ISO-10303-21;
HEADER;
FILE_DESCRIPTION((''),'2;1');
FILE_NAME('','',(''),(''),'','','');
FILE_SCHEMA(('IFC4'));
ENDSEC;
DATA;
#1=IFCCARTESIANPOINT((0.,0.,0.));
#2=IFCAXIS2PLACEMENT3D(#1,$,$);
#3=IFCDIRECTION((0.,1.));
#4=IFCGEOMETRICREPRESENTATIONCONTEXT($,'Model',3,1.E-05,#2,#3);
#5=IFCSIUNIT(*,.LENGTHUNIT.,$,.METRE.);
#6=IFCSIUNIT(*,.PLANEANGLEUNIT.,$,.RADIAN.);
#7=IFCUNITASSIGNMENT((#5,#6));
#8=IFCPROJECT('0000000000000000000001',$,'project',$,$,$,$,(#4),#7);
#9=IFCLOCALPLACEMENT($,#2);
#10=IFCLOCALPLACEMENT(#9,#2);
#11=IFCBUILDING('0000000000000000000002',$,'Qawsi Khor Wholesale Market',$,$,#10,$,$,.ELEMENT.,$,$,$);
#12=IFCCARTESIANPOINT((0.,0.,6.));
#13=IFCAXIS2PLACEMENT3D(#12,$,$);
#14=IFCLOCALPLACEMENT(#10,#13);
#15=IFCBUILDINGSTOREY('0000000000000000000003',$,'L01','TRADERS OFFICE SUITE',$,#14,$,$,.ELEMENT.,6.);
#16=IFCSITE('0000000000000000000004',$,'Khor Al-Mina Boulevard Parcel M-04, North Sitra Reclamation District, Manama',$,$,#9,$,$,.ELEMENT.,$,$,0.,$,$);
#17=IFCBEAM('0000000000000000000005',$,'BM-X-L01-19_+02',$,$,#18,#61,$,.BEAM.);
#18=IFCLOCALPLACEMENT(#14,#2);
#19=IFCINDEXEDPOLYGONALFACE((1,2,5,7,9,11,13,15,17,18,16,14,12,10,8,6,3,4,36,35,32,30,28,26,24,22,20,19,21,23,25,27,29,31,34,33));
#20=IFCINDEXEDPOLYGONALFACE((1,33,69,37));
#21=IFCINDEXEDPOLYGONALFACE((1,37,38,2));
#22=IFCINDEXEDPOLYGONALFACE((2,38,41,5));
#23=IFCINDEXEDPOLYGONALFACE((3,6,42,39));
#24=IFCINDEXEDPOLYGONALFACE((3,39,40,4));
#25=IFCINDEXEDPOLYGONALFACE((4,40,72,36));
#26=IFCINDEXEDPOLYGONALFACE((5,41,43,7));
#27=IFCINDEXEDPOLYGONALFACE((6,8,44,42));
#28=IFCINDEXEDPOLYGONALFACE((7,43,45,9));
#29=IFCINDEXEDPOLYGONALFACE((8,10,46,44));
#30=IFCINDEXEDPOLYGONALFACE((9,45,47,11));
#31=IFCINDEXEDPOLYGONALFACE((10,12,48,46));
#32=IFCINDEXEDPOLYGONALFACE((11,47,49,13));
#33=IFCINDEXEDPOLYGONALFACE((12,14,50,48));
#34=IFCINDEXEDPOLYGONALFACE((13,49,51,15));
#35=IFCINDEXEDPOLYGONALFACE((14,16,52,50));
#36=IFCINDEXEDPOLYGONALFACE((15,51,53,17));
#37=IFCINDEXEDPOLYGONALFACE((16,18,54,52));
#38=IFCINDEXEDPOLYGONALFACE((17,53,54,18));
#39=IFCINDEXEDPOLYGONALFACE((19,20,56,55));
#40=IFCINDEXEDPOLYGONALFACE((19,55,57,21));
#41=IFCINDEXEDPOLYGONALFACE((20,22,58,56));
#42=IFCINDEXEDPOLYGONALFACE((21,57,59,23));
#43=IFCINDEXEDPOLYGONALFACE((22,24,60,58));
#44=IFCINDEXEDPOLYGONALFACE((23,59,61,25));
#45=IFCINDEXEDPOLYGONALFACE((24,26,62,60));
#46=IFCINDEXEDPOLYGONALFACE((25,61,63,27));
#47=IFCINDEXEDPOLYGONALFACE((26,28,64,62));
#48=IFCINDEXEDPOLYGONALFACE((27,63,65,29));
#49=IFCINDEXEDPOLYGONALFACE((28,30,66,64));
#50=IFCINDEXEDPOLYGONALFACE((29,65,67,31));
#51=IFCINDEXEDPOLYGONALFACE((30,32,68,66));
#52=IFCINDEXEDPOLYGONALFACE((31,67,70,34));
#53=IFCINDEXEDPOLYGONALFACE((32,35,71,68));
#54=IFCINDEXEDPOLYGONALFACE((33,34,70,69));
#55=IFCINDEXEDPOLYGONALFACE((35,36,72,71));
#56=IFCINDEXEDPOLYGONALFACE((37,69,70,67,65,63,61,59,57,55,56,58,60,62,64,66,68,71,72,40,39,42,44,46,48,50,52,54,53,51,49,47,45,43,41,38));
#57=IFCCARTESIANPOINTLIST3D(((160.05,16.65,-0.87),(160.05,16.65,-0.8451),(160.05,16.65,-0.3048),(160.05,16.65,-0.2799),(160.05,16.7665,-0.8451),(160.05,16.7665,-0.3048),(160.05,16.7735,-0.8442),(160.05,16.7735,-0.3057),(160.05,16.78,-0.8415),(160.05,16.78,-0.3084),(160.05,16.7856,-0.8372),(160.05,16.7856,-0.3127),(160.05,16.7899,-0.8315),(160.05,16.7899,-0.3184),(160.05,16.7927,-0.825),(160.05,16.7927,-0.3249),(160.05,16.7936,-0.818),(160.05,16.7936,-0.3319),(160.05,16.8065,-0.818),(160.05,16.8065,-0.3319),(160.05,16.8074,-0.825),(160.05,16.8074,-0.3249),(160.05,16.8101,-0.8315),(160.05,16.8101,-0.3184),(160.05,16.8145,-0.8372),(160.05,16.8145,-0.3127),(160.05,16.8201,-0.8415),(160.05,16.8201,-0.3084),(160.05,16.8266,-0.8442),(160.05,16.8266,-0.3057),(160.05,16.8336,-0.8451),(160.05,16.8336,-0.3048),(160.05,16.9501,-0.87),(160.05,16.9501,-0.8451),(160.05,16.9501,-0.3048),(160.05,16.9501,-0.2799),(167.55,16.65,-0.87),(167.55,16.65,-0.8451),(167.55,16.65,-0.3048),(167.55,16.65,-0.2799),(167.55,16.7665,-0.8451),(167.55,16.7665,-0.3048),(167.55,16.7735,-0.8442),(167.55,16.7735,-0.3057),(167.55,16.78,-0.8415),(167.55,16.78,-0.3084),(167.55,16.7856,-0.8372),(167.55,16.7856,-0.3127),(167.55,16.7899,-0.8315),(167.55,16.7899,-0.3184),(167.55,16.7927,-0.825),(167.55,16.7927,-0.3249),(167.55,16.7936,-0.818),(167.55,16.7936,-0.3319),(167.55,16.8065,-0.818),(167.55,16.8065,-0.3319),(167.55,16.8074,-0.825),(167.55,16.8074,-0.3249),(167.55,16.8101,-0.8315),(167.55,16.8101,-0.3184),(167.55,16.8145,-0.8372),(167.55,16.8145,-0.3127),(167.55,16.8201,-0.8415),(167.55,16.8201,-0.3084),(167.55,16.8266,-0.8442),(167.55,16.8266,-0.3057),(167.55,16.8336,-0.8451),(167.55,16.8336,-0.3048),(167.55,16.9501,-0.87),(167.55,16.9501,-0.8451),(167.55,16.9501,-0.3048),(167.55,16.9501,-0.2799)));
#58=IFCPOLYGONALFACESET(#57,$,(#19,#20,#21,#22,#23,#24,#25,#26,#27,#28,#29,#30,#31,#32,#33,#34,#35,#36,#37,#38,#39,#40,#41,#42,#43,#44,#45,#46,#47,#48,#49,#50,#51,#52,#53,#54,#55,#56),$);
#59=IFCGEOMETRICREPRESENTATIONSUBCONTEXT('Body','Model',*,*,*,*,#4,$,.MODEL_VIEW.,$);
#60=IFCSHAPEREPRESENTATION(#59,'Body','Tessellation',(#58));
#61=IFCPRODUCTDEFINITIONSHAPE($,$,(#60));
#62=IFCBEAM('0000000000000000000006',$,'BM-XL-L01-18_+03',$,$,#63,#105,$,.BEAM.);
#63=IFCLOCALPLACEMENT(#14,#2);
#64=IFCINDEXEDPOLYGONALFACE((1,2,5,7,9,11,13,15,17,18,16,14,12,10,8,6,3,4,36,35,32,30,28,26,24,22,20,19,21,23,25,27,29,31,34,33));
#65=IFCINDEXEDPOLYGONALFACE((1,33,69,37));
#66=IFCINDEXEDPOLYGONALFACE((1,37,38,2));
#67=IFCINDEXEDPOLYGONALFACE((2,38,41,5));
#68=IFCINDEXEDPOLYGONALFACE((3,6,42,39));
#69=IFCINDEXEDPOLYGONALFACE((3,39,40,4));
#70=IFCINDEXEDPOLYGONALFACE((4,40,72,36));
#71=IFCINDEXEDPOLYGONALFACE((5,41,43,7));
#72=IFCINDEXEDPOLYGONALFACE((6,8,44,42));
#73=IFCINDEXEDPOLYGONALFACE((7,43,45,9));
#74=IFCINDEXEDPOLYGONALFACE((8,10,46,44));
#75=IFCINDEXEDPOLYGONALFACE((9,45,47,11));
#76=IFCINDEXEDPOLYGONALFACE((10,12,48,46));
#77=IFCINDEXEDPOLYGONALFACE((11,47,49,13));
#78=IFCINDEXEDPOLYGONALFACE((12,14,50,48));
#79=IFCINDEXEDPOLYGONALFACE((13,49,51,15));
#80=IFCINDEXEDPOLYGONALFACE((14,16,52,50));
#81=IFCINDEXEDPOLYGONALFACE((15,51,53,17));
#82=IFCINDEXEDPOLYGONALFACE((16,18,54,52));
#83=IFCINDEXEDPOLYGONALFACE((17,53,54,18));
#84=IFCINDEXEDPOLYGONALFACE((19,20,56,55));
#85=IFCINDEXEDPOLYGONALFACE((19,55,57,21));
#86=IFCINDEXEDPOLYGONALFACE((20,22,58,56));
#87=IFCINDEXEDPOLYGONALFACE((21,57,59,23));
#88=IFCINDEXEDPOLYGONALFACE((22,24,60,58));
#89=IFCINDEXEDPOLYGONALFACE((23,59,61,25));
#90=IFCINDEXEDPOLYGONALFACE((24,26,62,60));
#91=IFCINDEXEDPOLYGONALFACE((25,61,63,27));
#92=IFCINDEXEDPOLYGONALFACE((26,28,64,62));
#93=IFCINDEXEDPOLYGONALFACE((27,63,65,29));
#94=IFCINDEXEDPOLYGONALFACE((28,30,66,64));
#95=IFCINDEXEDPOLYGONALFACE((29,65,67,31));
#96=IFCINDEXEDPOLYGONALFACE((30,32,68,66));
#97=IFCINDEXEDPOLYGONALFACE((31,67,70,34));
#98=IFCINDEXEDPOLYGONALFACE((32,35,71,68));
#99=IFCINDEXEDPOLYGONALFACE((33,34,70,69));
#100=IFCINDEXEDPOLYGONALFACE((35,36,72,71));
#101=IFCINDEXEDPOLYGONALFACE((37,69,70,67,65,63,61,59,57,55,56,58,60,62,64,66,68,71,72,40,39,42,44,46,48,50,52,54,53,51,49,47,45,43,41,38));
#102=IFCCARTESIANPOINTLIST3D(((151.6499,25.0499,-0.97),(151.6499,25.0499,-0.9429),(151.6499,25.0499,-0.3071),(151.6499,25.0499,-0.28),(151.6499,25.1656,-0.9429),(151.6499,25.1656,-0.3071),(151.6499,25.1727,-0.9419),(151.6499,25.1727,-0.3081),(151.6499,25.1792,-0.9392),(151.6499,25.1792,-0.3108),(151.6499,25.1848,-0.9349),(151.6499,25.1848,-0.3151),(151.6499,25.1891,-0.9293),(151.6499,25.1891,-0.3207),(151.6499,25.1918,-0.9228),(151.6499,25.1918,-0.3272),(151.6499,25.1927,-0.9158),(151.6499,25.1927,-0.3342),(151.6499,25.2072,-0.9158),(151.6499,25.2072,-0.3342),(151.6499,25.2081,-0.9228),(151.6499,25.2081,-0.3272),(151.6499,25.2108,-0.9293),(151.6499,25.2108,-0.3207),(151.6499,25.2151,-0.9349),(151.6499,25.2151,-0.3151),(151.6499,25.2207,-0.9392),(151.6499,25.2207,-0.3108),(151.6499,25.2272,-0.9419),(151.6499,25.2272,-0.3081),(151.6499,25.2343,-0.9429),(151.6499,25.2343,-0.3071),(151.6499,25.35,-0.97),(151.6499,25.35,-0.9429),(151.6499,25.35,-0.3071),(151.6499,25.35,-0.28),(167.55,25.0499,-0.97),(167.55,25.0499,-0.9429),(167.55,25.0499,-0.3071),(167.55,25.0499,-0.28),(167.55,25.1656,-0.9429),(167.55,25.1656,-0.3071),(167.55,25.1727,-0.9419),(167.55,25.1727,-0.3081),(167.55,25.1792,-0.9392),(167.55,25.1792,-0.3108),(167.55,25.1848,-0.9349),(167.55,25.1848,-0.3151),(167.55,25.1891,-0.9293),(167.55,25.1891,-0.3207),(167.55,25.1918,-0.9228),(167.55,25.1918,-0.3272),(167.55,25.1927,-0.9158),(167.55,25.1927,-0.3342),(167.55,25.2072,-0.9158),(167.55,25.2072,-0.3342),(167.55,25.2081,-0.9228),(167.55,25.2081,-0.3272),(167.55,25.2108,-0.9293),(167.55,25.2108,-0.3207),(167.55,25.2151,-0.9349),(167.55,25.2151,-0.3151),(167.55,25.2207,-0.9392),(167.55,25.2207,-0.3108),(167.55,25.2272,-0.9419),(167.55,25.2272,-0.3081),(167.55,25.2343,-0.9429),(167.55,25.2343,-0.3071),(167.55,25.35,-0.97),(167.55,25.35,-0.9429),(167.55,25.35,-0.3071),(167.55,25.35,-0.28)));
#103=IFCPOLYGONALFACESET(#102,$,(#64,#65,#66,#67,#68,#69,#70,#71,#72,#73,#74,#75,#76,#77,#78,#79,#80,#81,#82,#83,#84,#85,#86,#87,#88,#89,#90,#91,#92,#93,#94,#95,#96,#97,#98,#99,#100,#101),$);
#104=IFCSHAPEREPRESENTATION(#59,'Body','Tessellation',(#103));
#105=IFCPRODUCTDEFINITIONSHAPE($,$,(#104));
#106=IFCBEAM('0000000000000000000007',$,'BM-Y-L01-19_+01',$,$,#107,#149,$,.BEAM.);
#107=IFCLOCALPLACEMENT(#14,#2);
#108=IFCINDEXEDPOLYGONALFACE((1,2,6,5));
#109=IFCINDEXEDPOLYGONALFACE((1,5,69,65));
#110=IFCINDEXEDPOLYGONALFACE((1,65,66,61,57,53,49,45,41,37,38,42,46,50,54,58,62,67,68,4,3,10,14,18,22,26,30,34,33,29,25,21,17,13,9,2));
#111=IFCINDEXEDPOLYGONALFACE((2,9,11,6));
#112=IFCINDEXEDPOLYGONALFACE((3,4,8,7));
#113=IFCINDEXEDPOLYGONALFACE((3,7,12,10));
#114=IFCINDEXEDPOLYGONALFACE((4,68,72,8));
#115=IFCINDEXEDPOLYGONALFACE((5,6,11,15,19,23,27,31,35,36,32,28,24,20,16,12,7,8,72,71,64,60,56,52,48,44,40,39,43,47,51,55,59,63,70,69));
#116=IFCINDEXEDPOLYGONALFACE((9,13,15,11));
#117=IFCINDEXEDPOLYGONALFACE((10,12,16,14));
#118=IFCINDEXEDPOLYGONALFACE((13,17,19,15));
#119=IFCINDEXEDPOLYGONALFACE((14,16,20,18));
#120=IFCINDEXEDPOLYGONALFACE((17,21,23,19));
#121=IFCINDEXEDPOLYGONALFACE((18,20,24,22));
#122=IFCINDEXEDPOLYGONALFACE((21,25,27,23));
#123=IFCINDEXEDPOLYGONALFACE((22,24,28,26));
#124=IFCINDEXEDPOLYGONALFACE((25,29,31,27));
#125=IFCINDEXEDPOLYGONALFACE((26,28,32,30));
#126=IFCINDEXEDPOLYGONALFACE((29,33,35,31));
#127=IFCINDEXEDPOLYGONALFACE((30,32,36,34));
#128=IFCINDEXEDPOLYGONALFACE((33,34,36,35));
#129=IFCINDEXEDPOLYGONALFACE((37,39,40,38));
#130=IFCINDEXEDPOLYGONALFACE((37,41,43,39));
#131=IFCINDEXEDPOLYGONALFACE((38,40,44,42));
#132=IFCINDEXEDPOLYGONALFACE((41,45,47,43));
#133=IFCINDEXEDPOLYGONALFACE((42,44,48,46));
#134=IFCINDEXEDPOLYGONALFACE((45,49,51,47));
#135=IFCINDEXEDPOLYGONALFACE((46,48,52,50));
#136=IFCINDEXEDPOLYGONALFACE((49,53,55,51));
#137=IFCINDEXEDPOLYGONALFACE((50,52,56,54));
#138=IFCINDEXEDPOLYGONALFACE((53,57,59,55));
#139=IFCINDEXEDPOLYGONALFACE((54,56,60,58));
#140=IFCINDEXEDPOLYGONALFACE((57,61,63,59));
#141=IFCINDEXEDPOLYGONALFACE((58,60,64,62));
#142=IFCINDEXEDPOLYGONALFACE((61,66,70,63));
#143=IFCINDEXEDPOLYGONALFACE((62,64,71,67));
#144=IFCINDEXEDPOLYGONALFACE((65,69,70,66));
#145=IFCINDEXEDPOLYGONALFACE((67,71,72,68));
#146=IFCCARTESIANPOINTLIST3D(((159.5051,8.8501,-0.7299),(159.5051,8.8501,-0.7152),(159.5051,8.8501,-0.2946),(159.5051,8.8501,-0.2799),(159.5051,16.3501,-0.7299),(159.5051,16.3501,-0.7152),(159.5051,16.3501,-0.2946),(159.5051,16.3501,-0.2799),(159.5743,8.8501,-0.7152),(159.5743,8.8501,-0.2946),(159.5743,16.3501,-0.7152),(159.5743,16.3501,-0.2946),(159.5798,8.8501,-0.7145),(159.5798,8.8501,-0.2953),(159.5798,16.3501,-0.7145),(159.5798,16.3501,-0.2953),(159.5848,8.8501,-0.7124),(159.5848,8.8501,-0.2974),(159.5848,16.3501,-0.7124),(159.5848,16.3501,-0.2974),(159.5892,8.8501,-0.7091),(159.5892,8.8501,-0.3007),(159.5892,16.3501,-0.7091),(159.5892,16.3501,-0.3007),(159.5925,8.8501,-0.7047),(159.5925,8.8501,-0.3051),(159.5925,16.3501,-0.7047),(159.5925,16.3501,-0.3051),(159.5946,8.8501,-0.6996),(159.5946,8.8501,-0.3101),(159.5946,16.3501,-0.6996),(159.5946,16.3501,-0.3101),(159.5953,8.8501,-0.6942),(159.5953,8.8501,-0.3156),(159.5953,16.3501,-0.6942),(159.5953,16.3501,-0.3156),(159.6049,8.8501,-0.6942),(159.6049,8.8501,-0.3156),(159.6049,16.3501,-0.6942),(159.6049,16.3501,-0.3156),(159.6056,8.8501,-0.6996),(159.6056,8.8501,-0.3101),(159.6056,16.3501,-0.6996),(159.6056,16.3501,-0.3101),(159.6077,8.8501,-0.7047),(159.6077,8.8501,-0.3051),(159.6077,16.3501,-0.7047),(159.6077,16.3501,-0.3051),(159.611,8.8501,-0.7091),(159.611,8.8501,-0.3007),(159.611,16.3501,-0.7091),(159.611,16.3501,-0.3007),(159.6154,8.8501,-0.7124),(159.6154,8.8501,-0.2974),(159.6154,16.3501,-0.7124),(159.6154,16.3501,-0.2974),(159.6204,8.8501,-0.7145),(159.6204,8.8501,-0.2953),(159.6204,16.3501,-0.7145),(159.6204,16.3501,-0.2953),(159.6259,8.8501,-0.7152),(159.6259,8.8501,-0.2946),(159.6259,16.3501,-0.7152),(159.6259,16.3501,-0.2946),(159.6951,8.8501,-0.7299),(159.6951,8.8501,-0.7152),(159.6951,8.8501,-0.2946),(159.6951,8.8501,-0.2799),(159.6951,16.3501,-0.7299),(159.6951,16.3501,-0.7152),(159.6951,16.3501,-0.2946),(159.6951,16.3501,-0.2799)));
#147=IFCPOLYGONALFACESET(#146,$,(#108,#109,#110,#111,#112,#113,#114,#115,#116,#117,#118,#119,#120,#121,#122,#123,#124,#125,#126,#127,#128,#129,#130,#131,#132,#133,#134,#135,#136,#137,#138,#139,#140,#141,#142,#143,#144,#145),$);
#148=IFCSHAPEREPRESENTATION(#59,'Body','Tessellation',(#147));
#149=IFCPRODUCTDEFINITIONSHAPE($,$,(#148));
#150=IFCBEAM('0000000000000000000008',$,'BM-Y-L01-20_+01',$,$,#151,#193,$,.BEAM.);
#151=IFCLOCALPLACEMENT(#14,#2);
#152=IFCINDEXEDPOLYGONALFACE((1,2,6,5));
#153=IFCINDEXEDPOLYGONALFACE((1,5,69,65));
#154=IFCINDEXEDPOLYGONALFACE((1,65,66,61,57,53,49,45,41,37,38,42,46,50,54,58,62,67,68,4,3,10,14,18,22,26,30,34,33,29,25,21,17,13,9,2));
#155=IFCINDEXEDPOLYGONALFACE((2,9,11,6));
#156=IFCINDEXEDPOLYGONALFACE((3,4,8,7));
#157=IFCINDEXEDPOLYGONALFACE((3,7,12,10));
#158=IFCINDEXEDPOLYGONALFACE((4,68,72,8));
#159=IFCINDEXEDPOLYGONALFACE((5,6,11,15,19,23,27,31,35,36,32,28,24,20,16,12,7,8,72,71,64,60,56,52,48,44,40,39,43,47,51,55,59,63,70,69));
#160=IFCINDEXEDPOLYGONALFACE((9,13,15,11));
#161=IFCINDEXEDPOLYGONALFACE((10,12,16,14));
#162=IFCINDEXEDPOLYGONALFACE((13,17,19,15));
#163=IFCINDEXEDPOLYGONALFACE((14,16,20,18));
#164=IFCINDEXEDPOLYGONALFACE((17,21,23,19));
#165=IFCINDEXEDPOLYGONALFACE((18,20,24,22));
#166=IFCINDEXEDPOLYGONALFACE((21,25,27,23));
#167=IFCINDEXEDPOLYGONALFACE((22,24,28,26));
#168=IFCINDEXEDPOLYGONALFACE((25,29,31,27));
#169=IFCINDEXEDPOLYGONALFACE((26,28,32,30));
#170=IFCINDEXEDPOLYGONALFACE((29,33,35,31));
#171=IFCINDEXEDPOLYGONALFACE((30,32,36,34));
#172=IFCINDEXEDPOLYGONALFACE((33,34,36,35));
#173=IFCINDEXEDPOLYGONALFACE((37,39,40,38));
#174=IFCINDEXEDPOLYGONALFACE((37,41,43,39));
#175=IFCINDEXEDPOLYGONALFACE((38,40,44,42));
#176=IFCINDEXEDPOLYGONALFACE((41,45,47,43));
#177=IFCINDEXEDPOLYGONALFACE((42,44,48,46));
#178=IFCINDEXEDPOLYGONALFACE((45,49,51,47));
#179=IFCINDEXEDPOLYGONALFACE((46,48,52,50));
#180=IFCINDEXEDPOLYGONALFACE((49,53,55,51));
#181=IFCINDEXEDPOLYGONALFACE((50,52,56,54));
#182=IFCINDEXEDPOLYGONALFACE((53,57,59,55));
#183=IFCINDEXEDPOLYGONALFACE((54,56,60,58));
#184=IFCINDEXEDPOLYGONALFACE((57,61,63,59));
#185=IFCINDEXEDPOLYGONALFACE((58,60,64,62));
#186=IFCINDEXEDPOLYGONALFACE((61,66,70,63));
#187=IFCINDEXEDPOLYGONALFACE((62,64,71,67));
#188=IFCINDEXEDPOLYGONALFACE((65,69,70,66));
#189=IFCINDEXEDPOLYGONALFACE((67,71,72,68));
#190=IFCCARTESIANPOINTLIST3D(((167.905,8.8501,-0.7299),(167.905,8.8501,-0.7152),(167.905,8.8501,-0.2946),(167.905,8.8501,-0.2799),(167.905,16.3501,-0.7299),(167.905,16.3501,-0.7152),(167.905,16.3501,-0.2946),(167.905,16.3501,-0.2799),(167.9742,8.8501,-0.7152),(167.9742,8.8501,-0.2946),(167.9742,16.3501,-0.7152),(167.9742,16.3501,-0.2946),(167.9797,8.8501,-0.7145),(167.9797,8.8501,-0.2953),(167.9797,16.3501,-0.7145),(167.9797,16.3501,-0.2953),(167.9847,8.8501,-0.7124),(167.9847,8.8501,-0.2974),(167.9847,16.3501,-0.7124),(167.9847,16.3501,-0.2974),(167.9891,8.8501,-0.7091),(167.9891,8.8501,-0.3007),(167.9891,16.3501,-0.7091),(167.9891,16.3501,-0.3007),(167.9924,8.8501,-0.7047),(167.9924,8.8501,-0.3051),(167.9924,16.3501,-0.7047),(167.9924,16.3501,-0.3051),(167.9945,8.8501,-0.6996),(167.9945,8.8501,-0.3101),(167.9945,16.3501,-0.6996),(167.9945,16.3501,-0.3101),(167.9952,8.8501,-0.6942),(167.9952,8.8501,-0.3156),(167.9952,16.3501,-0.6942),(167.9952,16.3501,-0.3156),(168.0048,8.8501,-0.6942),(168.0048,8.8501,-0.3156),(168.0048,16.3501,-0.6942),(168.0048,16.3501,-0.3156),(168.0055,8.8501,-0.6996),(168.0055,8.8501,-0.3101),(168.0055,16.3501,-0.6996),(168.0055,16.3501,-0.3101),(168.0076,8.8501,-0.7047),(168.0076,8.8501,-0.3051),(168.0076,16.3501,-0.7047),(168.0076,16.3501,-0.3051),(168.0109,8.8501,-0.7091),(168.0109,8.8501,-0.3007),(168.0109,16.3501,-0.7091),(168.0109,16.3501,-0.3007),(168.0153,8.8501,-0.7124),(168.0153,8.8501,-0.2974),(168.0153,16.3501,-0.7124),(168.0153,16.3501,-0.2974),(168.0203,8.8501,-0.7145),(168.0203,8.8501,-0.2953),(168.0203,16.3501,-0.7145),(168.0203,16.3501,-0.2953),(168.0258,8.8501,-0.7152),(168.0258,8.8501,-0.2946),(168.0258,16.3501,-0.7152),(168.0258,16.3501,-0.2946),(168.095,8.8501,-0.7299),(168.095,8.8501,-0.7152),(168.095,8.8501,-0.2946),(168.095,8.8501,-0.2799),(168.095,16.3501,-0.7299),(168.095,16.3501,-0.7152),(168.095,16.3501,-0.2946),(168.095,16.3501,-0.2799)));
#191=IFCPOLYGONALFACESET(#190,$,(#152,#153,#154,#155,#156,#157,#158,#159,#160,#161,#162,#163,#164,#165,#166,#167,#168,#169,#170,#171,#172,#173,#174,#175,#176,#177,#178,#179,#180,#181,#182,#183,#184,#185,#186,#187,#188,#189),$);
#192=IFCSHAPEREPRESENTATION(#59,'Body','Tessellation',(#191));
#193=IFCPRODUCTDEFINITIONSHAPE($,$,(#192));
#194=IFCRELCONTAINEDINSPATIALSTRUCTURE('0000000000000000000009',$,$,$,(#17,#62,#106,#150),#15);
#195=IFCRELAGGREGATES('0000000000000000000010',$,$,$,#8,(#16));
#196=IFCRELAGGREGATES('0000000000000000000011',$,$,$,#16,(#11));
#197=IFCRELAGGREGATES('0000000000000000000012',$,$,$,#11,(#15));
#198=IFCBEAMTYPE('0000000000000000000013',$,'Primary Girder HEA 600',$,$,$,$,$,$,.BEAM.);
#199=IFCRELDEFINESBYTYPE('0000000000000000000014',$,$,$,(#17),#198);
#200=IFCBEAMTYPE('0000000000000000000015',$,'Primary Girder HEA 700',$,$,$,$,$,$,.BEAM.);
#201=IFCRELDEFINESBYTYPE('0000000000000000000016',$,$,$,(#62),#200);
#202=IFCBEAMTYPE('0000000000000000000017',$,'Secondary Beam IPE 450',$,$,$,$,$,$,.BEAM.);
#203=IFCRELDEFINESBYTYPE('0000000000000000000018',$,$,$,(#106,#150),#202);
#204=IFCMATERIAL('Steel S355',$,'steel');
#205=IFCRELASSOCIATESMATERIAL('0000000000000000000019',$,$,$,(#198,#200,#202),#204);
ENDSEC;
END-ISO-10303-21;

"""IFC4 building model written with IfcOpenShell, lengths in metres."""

from ifc_helpers import new_model, si_unit, direction, frame, origin, origin_2d, place, context, subcontext, project, spatial, i_section, extrude, material, material_profile, profile_set, type_object, element, save


model = new_model("IFC4")

# Units and contexts
model_context = context("Model", 3, precision=1e-05, world=origin(), true_north=direction((0.0, 1.0)))
body_context = subcontext(model_context, "Body", "Model", "MODEL_VIEW")
ifc_project = project(units=[si_unit("LENGTHUNIT", "METRE"), si_unit("PLANEANGLEUNIT", "RADIAN")], contexts=[model_context])

# Site, building, storey
site_placement = place(None, origin())
site = spatial("IfcSite", under=ifc_project, at=site_placement, Name="Khor Al-Mina Boulevard Parcel M-04, North Sitra Reclamation District, Manama", CompositionType="ELEMENT", RefElevation=0.0)
building_placement = place(site_placement, origin())
building = spatial("IfcBuilding", under=site, at=building_placement, Name="Qawsi Khor Wholesale Market", CompositionType="ELEMENT")
storey_placement = place(building_placement, frame((0.0, 0.0, 6.0)))
storey = spatial("IfcBuildingStorey", under=building, at=storey_placement, Name="L01", Description="TRADERS OFFICE SUITE", CompositionType="ELEMENT", Elevation=6.0)

# Beams
ifc_material_1 = material(Name="Steel S355", Category="steel")
ifc_material_profile_1 = material_profile(ifc_material_1, i_section(OverallWidth=0.3, OverallDepth=0.5901, WebThickness=0.0129, FlangeThickness=0.0249, FilletRadius=0.0271, at=origin_2d()), Name="HEA 600")
ifc_profile_set_1 = profile_set([ifc_material_profile_1], Name="Steel S355")
beam_type_1 = type_object("IfcBeamType", Name="Primary Girder HEA 600", PredefinedType="BEAM", material=ifc_profile_set_1)
for number, where, z_axis, x_axis, name in (
    (1, (160.05, 16.8, -0.575), (1.0, 0.0, 0.0), (0.0, 1.0, 0.0), "BM-X-L01-19_+02"),
):
    element("IfcBeam", number, at=place(storey_placement, frame(where, z_axis=z_axis, x_axis=x_axis)), inside=storey, type_object=beam_type_1, Name=name, PredefinedType="BEAM", context=body_context, shape_type="SweptSolid", body=[
        extrude(i_section(OverallWidth=0.3, OverallDepth=0.5901, WebThickness=0.0129, FlangeThickness=0.0249, FilletRadius=0.0271, at=origin_2d()), origin(), (0.0, 0.0, 1.0), 7.5),
    ])
ifc_material_profile_2 = material_profile(ifc_material_1, i_section(OverallWidth=0.3, OverallDepth=0.6899, WebThickness=0.0144, FlangeThickness=0.0271, FilletRadius=0.0271, at=origin_2d()), Name="HEA 700")
ifc_profile_set_2 = profile_set([ifc_material_profile_2], Name="Steel S355")
beam_type_2 = type_object("IfcBeamType", Name="Primary Girder HEA 700", PredefinedType="BEAM", material=ifc_profile_set_2)
beam_placement = place(storey_placement, frame((151.6499, 25.2, -0.625), z_axis=(1.0, 0.0, 0.0), x_axis=(0.0, 1.0, 0.0)))
element("IfcBeam", 2, at=beam_placement, inside=storey, type_object=beam_type_2, Name="BM-XL-L01-18_+03", PredefinedType="BEAM", context=body_context, shape_type="SweptSolid", body=[
    extrude(i_section(OverallWidth=0.3, OverallDepth=0.6899, WebThickness=0.0144, FlangeThickness=0.0271, FilletRadius=0.0271, at=origin_2d()), origin(), (0.0, 0.0, 1.0), 15.9001),
])
ifc_material_profile_3 = material_profile(ifc_material_1, i_section(OverallWidth=0.1899, OverallDepth=0.45, WebThickness=0.0095, FlangeThickness=0.0146, FilletRadius=0.021, at=origin_2d()), Name="IPE 450")
ifc_profile_set_3 = profile_set([ifc_material_profile_3], Name="Steel S355")
beam_type_3 = type_object("IfcBeamType", Name="Secondary Beam IPE 450", PredefinedType="BEAM", material=ifc_profile_set_3)
for number, where, z_axis, x_axis, name in (
    (3, (159.6001, 8.8501, -0.5049), (0.0, 1.0, 0.0), (-1.0, 0.0, 0.0), "BM-Y-L01-19_+01"),
    (4, (168.0, 8.8501, -0.5049), (0.0, 1.0, 0.0), (-1.0, 0.0, 0.0), "BM-Y-L01-20_+01"),
):
    element("IfcBeam", number, at=place(storey_placement, frame(where, z_axis=z_axis, x_axis=x_axis)), inside=storey, type_object=beam_type_3, Name=name, PredefinedType="BEAM", context=body_context, shape_type="SweptSolid", body=[
        extrude(i_section(OverallWidth=0.1899, OverallDepth=0.45, WebThickness=0.0095, FlangeThickness=0.0146, FilletRadius=0.021, at=origin_2d()), origin(), (0.0, 0.0, 1.0), 7.5),
    ])

save(model, "model.ifc")
